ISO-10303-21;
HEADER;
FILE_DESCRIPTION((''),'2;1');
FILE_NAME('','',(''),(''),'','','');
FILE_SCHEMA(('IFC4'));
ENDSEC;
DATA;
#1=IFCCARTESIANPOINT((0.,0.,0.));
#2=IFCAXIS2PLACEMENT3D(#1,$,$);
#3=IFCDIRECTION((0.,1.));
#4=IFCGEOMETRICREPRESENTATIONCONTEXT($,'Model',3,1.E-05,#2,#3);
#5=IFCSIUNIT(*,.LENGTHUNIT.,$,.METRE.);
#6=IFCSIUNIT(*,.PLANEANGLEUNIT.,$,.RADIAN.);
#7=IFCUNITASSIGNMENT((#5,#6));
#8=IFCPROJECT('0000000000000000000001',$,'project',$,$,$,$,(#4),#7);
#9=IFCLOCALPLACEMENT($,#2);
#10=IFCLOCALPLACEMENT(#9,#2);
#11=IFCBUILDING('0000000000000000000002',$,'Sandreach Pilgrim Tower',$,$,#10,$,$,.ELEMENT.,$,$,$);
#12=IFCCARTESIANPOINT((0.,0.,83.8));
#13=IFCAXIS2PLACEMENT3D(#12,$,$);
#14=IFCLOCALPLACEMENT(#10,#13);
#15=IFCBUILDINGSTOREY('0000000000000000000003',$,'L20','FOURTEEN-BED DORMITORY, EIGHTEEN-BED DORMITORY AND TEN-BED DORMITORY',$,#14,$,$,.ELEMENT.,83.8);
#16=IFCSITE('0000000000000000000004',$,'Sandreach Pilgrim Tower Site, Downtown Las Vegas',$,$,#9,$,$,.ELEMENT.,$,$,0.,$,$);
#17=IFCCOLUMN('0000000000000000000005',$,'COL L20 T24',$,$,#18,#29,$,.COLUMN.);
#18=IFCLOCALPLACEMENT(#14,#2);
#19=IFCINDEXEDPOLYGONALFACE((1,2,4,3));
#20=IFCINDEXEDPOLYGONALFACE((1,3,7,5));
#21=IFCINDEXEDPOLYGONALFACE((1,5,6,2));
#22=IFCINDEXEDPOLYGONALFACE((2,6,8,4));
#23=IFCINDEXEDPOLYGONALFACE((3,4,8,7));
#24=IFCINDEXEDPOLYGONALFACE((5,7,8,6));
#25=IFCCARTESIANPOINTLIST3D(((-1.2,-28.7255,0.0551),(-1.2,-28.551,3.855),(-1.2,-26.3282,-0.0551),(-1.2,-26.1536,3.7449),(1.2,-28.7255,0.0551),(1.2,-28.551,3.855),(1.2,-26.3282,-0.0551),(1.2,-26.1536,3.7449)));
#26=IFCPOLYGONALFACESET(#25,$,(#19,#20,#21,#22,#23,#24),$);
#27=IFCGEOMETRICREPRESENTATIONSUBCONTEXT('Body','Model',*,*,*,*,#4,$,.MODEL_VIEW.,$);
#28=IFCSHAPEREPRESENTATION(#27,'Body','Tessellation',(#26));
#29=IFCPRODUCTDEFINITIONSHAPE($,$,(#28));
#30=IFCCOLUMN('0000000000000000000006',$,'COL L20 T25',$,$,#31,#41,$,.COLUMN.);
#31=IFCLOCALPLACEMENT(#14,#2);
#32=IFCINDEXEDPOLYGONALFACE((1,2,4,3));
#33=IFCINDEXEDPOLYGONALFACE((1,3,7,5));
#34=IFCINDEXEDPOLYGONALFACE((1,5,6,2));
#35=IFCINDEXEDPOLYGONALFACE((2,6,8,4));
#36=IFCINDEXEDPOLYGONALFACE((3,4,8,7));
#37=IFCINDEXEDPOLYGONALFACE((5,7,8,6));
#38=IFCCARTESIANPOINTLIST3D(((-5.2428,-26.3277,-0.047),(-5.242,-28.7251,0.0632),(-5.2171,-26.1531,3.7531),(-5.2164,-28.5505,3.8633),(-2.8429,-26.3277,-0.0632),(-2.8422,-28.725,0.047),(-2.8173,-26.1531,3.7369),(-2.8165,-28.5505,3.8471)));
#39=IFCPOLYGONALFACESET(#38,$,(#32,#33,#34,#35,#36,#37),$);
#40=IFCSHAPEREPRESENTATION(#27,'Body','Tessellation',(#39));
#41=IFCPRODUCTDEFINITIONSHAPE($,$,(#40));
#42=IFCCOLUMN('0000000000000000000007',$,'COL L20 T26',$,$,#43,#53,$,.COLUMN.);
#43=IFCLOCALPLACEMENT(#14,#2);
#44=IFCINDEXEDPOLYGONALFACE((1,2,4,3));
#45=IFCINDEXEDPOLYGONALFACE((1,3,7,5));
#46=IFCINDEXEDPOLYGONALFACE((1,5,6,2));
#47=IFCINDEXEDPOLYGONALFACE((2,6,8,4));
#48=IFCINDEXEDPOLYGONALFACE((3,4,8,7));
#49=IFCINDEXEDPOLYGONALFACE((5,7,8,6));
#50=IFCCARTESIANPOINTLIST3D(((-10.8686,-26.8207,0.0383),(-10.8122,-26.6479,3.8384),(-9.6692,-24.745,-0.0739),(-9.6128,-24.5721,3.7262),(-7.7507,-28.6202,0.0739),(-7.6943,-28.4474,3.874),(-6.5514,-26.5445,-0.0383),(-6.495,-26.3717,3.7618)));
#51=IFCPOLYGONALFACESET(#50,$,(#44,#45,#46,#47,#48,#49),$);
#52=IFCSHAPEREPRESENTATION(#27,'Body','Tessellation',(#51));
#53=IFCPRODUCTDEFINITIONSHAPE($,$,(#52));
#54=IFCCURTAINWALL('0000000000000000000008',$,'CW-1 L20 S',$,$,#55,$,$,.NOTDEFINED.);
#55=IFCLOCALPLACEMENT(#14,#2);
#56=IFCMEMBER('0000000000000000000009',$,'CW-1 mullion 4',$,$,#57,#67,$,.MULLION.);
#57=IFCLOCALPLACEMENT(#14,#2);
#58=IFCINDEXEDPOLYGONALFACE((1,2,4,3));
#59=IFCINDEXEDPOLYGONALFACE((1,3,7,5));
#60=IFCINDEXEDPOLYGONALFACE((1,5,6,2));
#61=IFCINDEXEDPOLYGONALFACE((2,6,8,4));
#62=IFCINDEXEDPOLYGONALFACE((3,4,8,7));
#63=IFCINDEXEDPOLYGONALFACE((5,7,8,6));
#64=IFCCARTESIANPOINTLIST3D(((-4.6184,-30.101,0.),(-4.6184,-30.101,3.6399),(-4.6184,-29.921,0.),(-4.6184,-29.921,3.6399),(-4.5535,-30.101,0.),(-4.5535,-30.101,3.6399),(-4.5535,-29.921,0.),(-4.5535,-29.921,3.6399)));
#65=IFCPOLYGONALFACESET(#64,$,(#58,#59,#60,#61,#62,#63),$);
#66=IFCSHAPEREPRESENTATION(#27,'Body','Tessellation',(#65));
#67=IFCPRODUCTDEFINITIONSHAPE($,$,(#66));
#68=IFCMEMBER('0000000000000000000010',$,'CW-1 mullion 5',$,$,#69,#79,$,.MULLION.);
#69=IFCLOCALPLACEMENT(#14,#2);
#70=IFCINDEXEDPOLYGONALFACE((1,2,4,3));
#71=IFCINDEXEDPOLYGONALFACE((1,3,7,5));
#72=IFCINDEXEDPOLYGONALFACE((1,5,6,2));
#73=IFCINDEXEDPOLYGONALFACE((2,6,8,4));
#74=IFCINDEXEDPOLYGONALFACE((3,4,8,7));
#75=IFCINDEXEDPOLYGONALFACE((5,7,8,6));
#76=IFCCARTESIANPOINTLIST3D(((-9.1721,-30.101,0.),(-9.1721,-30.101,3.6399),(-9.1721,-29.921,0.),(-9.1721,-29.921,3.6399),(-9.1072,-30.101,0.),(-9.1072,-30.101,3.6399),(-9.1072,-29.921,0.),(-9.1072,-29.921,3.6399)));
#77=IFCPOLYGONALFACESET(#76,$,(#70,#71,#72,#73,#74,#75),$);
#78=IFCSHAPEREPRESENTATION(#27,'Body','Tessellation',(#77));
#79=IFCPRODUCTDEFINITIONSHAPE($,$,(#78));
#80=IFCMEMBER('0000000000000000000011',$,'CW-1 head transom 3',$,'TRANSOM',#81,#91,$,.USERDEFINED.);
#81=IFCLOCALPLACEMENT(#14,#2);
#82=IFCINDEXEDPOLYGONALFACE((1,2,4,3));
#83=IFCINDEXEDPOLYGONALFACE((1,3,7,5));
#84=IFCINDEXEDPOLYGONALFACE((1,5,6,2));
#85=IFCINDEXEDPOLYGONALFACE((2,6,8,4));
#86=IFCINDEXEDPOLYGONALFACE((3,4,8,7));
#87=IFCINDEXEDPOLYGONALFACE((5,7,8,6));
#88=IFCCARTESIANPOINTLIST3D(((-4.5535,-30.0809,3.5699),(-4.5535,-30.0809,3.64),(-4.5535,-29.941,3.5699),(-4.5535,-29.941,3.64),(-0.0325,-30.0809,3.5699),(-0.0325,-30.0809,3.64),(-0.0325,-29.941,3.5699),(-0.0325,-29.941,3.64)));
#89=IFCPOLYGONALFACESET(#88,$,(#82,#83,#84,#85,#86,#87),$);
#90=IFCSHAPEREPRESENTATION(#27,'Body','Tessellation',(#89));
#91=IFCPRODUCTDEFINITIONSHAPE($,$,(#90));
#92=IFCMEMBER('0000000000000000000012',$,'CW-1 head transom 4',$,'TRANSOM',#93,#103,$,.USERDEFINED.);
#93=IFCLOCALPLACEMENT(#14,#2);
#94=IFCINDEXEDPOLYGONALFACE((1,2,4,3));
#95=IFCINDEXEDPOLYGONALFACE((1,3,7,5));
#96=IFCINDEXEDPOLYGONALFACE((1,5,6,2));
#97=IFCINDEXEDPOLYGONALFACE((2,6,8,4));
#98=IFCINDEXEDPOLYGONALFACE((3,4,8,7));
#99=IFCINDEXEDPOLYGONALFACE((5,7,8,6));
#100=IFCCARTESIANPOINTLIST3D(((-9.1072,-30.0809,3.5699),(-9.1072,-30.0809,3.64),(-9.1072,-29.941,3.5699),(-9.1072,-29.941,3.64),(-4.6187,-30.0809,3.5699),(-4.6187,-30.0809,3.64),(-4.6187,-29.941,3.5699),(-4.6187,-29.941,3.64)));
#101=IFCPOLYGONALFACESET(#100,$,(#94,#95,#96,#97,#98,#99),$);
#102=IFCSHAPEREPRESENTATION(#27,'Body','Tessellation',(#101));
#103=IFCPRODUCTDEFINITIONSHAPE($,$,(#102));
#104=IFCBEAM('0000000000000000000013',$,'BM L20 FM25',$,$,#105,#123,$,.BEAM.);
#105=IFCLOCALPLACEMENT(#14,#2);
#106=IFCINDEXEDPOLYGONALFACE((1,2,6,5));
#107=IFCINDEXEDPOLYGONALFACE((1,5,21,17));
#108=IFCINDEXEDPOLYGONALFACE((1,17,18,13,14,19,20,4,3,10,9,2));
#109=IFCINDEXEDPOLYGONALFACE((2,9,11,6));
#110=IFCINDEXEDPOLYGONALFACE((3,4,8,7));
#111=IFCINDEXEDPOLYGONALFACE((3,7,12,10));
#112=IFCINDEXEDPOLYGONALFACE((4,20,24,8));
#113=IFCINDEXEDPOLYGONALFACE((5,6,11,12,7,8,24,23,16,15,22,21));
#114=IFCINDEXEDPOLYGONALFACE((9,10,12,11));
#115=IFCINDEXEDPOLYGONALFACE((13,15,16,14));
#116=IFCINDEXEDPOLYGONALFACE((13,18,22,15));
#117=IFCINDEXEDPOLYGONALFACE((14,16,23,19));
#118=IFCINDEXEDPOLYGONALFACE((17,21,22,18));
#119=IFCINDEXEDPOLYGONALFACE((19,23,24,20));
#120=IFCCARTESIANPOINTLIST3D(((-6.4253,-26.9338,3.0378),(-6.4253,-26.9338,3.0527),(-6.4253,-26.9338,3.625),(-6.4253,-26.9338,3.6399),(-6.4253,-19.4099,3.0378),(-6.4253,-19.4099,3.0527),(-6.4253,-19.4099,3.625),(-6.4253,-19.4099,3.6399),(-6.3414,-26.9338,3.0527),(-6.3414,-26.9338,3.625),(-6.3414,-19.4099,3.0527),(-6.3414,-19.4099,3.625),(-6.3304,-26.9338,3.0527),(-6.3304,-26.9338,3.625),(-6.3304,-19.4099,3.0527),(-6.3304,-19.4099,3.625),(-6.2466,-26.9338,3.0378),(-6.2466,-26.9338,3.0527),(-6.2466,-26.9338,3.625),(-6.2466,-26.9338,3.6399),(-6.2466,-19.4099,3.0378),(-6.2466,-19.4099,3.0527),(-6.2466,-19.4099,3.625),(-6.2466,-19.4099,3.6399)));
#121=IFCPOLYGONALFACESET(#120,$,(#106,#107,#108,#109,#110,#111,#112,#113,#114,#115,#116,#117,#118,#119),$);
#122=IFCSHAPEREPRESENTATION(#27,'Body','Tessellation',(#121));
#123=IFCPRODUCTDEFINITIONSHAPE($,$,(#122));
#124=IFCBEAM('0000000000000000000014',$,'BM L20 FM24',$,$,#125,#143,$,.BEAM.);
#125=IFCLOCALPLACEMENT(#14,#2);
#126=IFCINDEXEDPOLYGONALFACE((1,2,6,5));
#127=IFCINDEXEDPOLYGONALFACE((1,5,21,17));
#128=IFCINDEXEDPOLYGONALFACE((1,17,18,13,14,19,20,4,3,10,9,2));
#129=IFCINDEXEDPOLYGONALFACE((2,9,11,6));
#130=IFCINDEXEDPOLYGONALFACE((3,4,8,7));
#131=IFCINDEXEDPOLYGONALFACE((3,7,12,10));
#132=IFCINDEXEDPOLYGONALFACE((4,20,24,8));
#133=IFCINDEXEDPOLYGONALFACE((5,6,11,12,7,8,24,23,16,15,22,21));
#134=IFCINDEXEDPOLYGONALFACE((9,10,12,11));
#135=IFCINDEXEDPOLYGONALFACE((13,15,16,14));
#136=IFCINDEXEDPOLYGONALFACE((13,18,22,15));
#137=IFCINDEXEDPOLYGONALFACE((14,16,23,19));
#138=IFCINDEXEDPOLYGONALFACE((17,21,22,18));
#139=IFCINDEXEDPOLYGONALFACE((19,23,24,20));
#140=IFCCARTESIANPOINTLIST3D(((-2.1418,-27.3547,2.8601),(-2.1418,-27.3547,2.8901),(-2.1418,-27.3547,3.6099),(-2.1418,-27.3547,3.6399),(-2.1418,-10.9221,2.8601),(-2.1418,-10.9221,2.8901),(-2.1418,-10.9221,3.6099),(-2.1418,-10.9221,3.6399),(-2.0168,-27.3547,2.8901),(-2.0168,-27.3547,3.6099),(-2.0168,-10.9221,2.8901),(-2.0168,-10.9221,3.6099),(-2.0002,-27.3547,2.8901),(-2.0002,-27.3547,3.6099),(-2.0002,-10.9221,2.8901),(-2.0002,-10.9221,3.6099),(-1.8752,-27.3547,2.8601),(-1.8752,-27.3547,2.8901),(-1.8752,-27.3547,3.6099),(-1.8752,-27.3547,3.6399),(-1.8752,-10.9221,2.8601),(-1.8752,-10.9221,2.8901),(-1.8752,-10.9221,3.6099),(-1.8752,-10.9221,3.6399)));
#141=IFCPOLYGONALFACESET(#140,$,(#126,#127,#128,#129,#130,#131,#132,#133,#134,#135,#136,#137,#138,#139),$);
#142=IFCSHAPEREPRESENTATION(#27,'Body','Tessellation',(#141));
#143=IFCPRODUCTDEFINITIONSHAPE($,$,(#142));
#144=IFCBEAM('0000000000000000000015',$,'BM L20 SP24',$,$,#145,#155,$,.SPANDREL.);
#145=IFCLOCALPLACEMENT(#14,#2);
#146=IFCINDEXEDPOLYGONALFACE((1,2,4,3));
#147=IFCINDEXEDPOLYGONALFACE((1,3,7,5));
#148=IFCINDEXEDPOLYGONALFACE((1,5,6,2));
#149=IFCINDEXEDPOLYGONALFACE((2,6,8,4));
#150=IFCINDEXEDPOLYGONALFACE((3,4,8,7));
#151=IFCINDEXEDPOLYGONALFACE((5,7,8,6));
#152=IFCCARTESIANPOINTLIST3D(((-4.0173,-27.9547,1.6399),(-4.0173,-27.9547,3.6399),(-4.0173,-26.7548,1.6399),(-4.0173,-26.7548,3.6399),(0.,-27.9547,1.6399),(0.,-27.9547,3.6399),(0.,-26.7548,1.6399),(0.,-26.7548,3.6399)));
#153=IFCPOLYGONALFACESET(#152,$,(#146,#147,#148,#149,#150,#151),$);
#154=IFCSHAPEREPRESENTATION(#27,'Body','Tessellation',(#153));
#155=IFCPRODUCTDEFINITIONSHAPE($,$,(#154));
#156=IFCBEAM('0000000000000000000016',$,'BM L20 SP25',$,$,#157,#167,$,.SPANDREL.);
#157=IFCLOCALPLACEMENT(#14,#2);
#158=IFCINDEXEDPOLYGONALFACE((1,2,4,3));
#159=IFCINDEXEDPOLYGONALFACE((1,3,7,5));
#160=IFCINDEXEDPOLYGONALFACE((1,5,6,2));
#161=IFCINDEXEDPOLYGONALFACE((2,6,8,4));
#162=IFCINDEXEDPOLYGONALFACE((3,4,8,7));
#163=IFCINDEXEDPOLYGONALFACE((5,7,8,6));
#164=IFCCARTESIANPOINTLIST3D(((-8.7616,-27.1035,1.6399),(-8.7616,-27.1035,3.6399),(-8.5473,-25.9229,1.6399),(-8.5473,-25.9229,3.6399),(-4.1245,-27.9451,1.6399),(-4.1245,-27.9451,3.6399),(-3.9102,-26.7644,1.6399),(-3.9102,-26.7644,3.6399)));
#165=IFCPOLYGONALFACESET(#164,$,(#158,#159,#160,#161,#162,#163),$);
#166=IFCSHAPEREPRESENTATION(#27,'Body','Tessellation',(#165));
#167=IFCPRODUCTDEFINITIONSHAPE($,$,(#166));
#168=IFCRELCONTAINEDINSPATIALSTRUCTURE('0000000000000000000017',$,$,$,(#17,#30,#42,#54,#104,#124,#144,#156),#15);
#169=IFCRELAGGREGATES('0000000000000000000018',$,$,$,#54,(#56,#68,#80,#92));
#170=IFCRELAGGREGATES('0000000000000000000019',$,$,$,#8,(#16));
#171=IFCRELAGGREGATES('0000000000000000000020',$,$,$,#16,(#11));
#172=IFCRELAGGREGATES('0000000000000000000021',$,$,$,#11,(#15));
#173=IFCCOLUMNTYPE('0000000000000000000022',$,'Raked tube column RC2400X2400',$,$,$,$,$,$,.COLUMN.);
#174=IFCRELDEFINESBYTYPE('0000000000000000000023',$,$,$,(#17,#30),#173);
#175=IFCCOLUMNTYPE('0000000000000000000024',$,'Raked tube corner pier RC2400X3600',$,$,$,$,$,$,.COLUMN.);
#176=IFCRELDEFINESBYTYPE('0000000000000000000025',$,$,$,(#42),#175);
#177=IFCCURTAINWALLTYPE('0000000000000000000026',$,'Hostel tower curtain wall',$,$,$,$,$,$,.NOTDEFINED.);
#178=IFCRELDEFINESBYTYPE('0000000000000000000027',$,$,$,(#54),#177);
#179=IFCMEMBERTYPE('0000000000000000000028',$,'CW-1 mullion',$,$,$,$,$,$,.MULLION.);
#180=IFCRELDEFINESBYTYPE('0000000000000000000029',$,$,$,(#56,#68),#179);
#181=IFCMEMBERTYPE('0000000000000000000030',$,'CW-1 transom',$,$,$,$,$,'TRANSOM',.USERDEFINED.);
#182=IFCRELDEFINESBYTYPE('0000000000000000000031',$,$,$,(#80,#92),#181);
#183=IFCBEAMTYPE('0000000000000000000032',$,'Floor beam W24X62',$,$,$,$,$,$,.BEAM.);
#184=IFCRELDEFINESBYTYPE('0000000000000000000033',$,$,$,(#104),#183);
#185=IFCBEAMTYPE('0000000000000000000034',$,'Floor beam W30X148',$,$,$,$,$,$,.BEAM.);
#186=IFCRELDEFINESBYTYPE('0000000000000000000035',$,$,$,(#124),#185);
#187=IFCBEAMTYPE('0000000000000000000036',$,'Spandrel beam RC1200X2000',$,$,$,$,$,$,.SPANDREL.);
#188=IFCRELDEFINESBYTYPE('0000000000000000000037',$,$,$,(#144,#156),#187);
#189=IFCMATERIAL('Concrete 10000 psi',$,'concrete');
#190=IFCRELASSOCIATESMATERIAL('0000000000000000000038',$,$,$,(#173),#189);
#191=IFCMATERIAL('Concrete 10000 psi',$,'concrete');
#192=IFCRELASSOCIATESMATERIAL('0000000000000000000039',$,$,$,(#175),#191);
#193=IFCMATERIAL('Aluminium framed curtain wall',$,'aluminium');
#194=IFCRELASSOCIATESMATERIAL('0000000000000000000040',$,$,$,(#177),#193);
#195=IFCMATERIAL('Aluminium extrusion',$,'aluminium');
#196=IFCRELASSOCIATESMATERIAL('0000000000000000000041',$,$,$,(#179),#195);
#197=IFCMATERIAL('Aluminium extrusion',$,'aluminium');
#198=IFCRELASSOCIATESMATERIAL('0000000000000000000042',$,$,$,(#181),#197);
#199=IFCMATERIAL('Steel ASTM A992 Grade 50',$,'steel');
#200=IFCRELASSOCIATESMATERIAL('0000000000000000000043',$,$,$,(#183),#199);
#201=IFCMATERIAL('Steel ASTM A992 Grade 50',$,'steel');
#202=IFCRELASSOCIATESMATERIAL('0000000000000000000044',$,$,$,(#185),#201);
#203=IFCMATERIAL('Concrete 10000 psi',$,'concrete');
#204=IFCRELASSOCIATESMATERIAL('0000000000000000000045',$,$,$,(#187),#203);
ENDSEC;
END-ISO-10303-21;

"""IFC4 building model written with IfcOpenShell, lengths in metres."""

from ifc_helpers import new_model, si_unit, direction, frame, origin, origin_2d, place, context, subcontext, project, spatial, rectangle, i_section, extrude, material, material_profile, profile_set, type_object, element, aggregate, save


model = new_model("IFC4")

# Units and contexts
model_context = context("Model", 3, precision=1e-05, world=origin(), true_north=direction((0.0, 1.0)))
body_context = subcontext(model_context, "Body", "Model", "MODEL_VIEW")
ifc_project = project(units=[si_unit("LENGTHUNIT", "METRE"), si_unit("PLANEANGLEUNIT", "RADIAN")], contexts=[model_context])

# Site, building, storey
site_placement = place(None, origin())
site = spatial("IfcSite", under=ifc_project, at=site_placement, Name="Sandreach Pilgrim Tower Site, Downtown Las Vegas", CompositionType="ELEMENT", RefElevation=0.0)
building_placement = place(site_placement, origin())
building = spatial("IfcBuilding", under=site, at=building_placement, Name="Sandreach Pilgrim Tower", CompositionType="ELEMENT")
storey_placement = place(building_placement, frame((0.0, 0.0, 83.8)))
storey = spatial("IfcBuildingStorey", under=building, at=storey_placement, Name="L20", Description="FOURTEEN-BED DORMITORY, EIGHTEEN-BED DORMITORY AND TEN-BED DORMITORY", CompositionType="ELEMENT", Elevation=83.8)

# Columns
ifc_material_1 = material(Name="Concrete 10000 psi", Category="concrete")
ifc_material_profile_1 = material_profile(ifc_material_1, rectangle(XDim=2.3999, YDim=2.3999, at=origin_2d()), Name="RC2400X2400")
ifc_profile_set_1 = profile_set([ifc_material_profile_1], Name="Concrete 10000 psi")
column_type_1 = type_object("IfcColumnType", Name="Raked tube column RC2400X2400", PredefinedType="COLUMN", material=ifc_profile_set_1)
column_1_placement = place(storey_placement, frame((0.0, -27.5269, 0.0), z_axis=(0.0, 0.045888, 0.998947), x_axis=(0.0, -0.998947, 0.045888)))
element("IfcColumn", 1, at=column_1_placement, inside=storey, type_object=column_type_1, Name="COL L20 T24", PredefinedType="COLUMN", context=body_context, shape_type="SweptSolid", body=[
    extrude(rectangle(XDim=2.3999, YDim=2.3999, at=origin_2d()), origin(), (0.0, 0.0, 1.0), 3.804),
])
column_2_placement = place(storey_placement, frame((-4.0425, -27.5264, 0.0), z_axis=(0.006739, 0.045887, 0.998924), x_axis=(0.000315, -0.998947, 0.045886)))
element("IfcColumn", 2, at=column_2_placement, inside=storey, type_object=column_type_1, Name="COL L20 T25", PredefinedType="COLUMN", context=body_context, shape_type="SweptSolid", body=[
    extrude(rectangle(XDim=2.3999, YDim=2.3999, at=origin_2d()), origin(), (0.0, 0.0, 1.0), 3.8042),
])
ifc_material_2 = material(Name="Concrete 10000 psi", Category="concrete")
ifc_material_profile_2 = material_profile(ifc_material_2, rectangle(XDim=2.3999, YDim=3.6001, at=origin_2d()), Name="RC2400X3600")
ifc_profile_set_2 = profile_set([ifc_material_profile_2], Name="Concrete 10000 psi")
column_type_2 = type_object("IfcColumnType", Name="Raked tube corner pier RC2400X3600", PredefinedType="COLUMN", material=ifc_profile_set_2)
column_3_placement = place(storey_placement, frame((-8.71, -26.6826, 0.0), z_axis=(0.014824, 0.045435, 0.998857), x_axis=(-0.499732, -0.864917, 0.046759)))
element("IfcColumn", 3, at=column_3_placement, inside=storey, type_object=column_type_2, Name="COL L20 T26", PredefinedType="COLUMN", context=body_context, shape_type="SweptSolid", body=[
    extrude(rectangle(XDim=2.3999, YDim=3.6001, at=origin_2d()), origin(), (0.0, 0.0, 1.0), 3.8044),
])

# Curtain wall, members
ifc_material_3 = material(Name="Aluminium framed curtain wall", Category="aluminium")
curtain_wall_type = type_object("IfcCurtainWallType", Name="Hostel tower curtain wall", PredefinedType="NOTDEFINED", material=ifc_material_3)
curtain_wall_placement = place(storey_placement, origin())
curtain_wall = element("IfcCurtainWall", 4, at=curtain_wall_placement, inside=storey, type_object=curtain_wall_type, Name="CW-1 L20 S", PredefinedType="NOTDEFINED")
ifc_material_4 = material(Name="Aluminium extrusion", Category="aluminium")
ifc_material_profile_3 = material_profile(ifc_material_4, rectangle(XDim=0.0649, YDim=0.1799, at=origin_2d()), Name="CW-1M 65X180")
ifc_profile_set_3 = profile_set([ifc_material_profile_3], Name="Aluminium extrusion")
member_type_1 = type_object("IfcMemberType", Name="CW-1 mullion", PredefinedType="MULLION", material=ifc_profile_set_3)
member_1_placement = place(storey_placement, frame((-4.5859, -30.011, 0.0), z_axis=(0.0, 0.0, 1.0), x_axis=(-1.0, 0.0, 0.0)))
member_1 = element("IfcMember", 5, at=member_1_placement, type_object=member_type_1, Name="CW-1 mullion 4", PredefinedType="MULLION", context=body_context, shape_type="SweptSolid", body=[
    extrude(rectangle(XDim=0.0649, YDim=0.1799, at=origin_2d()), origin(), (0.0, 0.0, 1.0), 3.6399),
])
member_2_placement = place(storey_placement, frame((-9.1396, -30.011, 0.0), z_axis=(0.0, 0.0, 1.0), x_axis=(-1.0, 0.0, 0.0)))
member_2 = element("IfcMember", 6, at=member_2_placement, type_object=member_type_1, Name="CW-1 mullion 5", PredefinedType="MULLION", context=body_context, shape_type="SweptSolid", body=[
    extrude(rectangle(XDim=0.0649, YDim=0.1799, at=origin_2d()), origin(), (0.0, 0.0, 1.0), 3.6399),
])
ifc_material_5 = material(Name="Aluminium extrusion", Category="aluminium")
ifc_material_profile_4 = material_profile(ifc_material_5, rectangle(XDim=0.1399, YDim=0.0701, at=origin_2d()), Name="CW-1T 140X70")
ifc_profile_set_4 = profile_set([ifc_material_profile_4], Name="Aluminium extrusion")
member_type_2 = type_object("IfcMemberType", Name="CW-1 transom", ElementType="TRANSOM", PredefinedType="USERDEFINED", material=ifc_profile_set_4)
member_3_placement = place(storey_placement, frame((-0.0325, -30.011, 3.605), z_axis=(-1.0, 0.0, 0.0), x_axis=(0.0, -1.0, 0.0)))
member_3 = element("IfcMember", 7, at=member_3_placement, type_object=member_type_2, Name="CW-1 head transom 3", ObjectType="TRANSOM", PredefinedType="USERDEFINED", context=body_context, shape_type="SweptSolid", body=[
    extrude(rectangle(XDim=0.1399, YDim=0.0701, at=origin_2d()), origin(), (0.0, 0.0, 1.0), 4.521),
])
member_4_placement = place(storey_placement, frame((-4.6187, -30.011, 3.605), z_axis=(-1.0, 0.0, 0.0), x_axis=(0.0, -1.0, 0.0)))
member_4 = element("IfcMember", 8, at=member_4_placement, type_object=member_type_2, Name="CW-1 head transom 4", ObjectType="TRANSOM", PredefinedType="USERDEFINED", context=body_context, shape_type="SweptSolid", body=[
    extrude(rectangle(XDim=0.1399, YDim=0.0701, at=origin_2d()), origin(), (0.0, 0.0, 1.0), 4.4885),
])

# Beams
ifc_material_6 = material(Name="Steel ASTM A992 Grade 50", Category="steel")
ifc_material_profile_5 = material_profile(ifc_material_6, i_section(OverallWidth=0.1787, OverallDepth=0.6021, WebThickness=0.011, FlangeThickness=0.0149, at=origin_2d()), Name="W24X62")
ifc_profile_set_5 = profile_set([ifc_material_profile_5], Name="Steel ASTM A992 Grade 50")
beam_type_1 = type_object("IfcBeamType", Name="Floor beam W24X62", PredefinedType="BEAM", material=ifc_profile_set_5)
beam_1_placement = place(storey_placement, frame((-6.3359, -26.9338, 3.3389), z_axis=(0.0, 1.0, 0.0), x_axis=(-1.0, 0.0, 0.0)))
element("IfcBeam", 9, at=beam_1_placement, inside=storey, type_object=beam_type_1, Name="BM L20 FM25", PredefinedType="BEAM", context=body_context, shape_type="SweptSolid", body=[
    extrude(i_section(OverallWidth=0.1787, OverallDepth=0.6021, WebThickness=0.011, FlangeThickness=0.0149, at=origin_2d()), origin(), (0.0, 0.0, 1.0), 7.5239),
])
ifc_material_7 = material(Name="Steel ASTM A992 Grade 50", Category="steel")
ifc_material_profile_6 = material_profile(ifc_material_7, i_section(OverallWidth=0.2666, OverallDepth=0.7798, WebThickness=0.0166, FlangeThickness=0.03, at=origin_2d()), Name="W30X148")
ifc_profile_set_6 = profile_set([ifc_material_profile_6], Name="Steel ASTM A992 Grade 50")
beam_type_2 = type_object("IfcBeamType", Name="Floor beam W30X148", PredefinedType="BEAM", material=ifc_profile_set_6)
beam_2_placement = place(storey_placement, frame((-2.0085, -27.3547, 3.25), z_axis=(0.0, 1.0, 0.0), x_axis=(-1.0, 0.0, 0.0)))
element("IfcBeam", 10, at=beam_2_placement, inside=storey, type_object=beam_type_2, Name="BM L20 FM24", PredefinedType="BEAM", context=body_context, shape_type="SweptSolid", body=[
    extrude(i_section(OverallWidth=0.2666, OverallDepth=0.7798, WebThickness=0.0166, FlangeThickness=0.03, at=origin_2d()), origin(), (0.0, 0.0, 1.0), 16.4326),
])
ifc_material_8 = material(Name="Concrete 10000 psi", Category="concrete")
ifc_material_profile_7 = material_profile(ifc_material_8, rectangle(XDim=1.2, YDim=2.0, at=origin_2d()), Name="RC1200X2000")
ifc_profile_set_7 = profile_set([ifc_material_profile_7], Name="Concrete 10000 psi")
beam_type_3 = type_object("IfcBeamType", Name="Spandrel beam RC1200X2000", PredefinedType="SPANDREL", material=ifc_profile_set_7)
beam_3_placement = place(storey_placement, frame((0.0, -27.3547, 2.6399), z_axis=(-1.0, 0.0, 0.0), x_axis=(0.0, -1.0, 0.0)))
element("IfcBeam", 11, at=beam_3_placement, inside=storey, type_object=beam_type_3, Name="BM L20 SP24", PredefinedType="SPANDREL", context=body_context, shape_type="SweptSolid", body=[
    extrude(rectangle(XDim=1.2, YDim=2.0, at=origin_2d()), origin(), (0.0, 0.0, 1.0), 4.0173),
])
beam_4_placement = place(storey_placement, frame((-4.0173, -27.3547, 2.6399), z_axis=(-0.983929, 0.178562, 0.0), x_axis=(-0.178562, -0.983929, 0.0)))
element("IfcBeam", 12, at=beam_4_placement, inside=storey, type_object=beam_type_3, Name="BM L20 SP25", PredefinedType="SPANDREL", context=body_context, shape_type="SweptSolid", body=[
    extrude(rectangle(XDim=1.2, YDim=2.0, at=origin_2d()), origin(), (0.0, 0.0, 1.0), 4.7129),
])

aggregate(curtain_wall, [member_1, member_2, member_3, member_4])

save(model, "model.ifc")
